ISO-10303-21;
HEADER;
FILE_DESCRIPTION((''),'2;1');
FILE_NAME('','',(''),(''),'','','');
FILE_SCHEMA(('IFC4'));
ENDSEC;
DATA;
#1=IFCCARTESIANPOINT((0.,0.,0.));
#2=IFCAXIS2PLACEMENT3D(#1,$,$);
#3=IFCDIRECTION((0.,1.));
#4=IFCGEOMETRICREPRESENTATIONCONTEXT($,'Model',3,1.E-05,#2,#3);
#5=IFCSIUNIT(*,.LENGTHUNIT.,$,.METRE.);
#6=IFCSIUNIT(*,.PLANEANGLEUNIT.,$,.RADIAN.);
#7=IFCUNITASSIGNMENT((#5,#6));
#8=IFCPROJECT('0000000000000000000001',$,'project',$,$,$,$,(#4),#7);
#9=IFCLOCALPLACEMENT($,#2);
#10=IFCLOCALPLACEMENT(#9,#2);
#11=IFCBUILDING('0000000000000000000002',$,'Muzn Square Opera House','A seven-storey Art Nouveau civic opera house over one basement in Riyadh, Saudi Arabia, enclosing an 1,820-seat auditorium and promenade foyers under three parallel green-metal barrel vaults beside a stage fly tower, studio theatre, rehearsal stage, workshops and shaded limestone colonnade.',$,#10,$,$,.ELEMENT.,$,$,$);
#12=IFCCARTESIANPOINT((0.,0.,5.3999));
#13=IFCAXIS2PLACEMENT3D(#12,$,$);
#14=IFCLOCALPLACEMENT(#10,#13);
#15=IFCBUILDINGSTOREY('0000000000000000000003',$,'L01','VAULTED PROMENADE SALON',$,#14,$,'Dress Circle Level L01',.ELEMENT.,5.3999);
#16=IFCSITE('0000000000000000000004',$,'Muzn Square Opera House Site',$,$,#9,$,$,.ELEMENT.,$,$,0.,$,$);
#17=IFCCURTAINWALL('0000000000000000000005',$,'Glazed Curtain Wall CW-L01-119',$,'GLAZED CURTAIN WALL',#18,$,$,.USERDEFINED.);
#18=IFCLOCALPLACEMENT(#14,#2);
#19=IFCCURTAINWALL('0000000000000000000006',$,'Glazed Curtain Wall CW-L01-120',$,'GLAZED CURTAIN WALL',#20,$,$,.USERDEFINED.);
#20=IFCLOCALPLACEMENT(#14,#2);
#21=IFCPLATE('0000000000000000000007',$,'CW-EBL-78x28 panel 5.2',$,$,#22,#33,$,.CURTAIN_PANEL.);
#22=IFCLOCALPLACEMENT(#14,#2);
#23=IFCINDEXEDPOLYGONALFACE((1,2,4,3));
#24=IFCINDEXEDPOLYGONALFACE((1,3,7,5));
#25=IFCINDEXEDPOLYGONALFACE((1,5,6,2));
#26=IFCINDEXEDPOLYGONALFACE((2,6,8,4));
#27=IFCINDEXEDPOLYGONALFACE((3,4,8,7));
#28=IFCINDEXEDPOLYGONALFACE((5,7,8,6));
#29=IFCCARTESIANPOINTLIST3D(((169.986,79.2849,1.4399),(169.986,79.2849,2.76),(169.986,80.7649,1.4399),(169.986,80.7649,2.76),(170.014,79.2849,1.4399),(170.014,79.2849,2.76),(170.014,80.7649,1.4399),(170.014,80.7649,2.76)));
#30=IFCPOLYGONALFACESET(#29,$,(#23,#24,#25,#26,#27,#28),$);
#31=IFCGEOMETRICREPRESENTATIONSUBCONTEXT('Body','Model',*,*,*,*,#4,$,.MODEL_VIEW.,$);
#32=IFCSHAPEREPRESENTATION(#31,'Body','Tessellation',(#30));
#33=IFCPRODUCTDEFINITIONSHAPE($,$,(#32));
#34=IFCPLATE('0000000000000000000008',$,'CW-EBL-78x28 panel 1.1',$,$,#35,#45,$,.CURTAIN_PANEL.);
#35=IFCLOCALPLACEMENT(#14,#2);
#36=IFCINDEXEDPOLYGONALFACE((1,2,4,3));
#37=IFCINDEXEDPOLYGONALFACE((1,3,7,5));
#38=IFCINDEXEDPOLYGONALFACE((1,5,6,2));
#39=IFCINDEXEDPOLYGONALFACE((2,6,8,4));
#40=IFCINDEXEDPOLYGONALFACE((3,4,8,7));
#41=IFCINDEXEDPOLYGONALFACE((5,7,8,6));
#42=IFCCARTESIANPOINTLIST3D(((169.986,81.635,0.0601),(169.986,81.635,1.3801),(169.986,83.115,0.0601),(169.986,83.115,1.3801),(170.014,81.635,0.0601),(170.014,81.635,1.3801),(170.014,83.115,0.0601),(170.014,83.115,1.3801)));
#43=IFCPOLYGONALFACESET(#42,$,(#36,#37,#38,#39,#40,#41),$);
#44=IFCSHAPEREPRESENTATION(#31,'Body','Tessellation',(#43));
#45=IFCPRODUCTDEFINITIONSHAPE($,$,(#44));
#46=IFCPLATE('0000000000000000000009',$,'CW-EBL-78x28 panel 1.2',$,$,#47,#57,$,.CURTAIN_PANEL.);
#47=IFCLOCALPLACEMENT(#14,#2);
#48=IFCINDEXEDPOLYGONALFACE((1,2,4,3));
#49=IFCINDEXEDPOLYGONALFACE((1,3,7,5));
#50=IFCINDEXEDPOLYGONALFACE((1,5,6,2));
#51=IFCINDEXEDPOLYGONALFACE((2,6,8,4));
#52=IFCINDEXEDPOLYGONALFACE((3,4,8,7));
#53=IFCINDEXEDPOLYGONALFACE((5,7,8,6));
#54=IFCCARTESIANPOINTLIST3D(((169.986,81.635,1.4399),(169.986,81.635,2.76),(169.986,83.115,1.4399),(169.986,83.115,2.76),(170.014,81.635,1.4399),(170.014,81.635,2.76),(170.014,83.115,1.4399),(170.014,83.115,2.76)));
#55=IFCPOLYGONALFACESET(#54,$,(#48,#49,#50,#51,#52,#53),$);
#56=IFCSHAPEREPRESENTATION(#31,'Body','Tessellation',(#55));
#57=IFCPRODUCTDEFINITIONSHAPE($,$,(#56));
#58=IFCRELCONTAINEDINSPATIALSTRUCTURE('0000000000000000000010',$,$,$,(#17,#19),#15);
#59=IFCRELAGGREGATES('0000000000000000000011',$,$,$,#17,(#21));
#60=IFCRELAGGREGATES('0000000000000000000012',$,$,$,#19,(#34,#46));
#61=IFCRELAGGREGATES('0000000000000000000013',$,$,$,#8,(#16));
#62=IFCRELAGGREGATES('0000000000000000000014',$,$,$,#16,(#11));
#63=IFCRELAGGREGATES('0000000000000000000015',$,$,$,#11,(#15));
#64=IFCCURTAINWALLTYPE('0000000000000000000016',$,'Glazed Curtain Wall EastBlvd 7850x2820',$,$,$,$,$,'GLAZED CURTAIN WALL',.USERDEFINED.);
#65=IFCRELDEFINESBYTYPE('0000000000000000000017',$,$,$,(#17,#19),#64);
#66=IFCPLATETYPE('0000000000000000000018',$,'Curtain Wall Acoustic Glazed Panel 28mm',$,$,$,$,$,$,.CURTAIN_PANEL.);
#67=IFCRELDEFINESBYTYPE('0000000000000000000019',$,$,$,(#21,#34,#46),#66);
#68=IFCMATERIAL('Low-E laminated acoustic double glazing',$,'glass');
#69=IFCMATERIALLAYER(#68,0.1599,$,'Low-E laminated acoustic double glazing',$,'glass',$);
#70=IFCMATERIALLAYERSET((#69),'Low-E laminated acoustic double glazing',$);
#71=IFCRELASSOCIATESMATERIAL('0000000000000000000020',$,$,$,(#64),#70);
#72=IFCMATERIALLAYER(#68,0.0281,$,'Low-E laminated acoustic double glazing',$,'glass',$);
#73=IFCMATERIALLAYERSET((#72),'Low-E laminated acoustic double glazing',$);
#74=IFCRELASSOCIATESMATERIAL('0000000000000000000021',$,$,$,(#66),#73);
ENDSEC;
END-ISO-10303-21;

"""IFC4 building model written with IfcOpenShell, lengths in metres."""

from ifc_helpers import new_model, si_unit, direction, frame, origin, origin_2d, place, context, subcontext, project, spatial, rectangle, extrude, material, layer, layer_set, type_object, element, aggregate, save


model = new_model("IFC4")

# Units and contexts
model_context = context("Model", 3, precision=1e-05, world=origin(), true_north=direction((0.0, 1.0)))
body_context = subcontext(model_context, "Body", "Model", "MODEL_VIEW")
ifc_project = project(units=[si_unit("LENGTHUNIT", "METRE"), si_unit("PLANEANGLEUNIT", "RADIAN")], contexts=[model_context])

# Site, building, storey
site_placement = place(None, origin())
site = spatial("IfcSite", under=ifc_project, at=site_placement, Name="Muzn Square Opera House Site", CompositionType="ELEMENT", RefElevation=0.0)
building_placement = place(site_placement, origin())
building = spatial("IfcBuilding", under=site, at=building_placement, Name="Muzn Square Opera House", Description="A seven-storey Art Nouveau civic opera house over one basement in Riyadh, Saudi Arabia, enclosing an 1,820-seat auditorium and promenade foyers under three parallel green-metal barrel vaults beside a stage fly tower, studio theatre, rehearsal stage, workshops and shaded limestone colonnade.", CompositionType="ELEMENT")
storey_placement = place(building_placement, frame((0.0, 0.0, 5.3999)))
storey = spatial("IfcBuildingStorey", under=building, at=storey_placement, Name="L01", Description="VAULTED PROMENADE SALON", LongName="Dress Circle Level L01", CompositionType="ELEMENT", Elevation=5.3999)

# Curtain wall
ifc_material_1 = material(Name="Low-E laminated acoustic double glazing", Category="glass")
ifc_layer_1 = layer(ifc_material_1, 0.1599, Name="Low-E laminated acoustic double glazing", Category="glass")
ifc_layer_set_1 = layer_set([ifc_layer_1], Name="Low-E laminated acoustic double glazing")
curtain_wall_type = type_object("IfcCurtainWallType", Name="Glazed Curtain Wall EastBlvd 7850x2820", ElementType="GLAZED CURTAIN WALL", PredefinedType="USERDEFINED", material=ifc_layer_set_1)
curtain_wall_1_placement = place(storey_placement, origin())
curtain_wall_1 = element("IfcCurtainWall", 1, at=curtain_wall_1_placement, inside=storey, type_object=curtain_wall_type, Name="Glazed Curtain Wall CW-L01-119", ObjectType="GLAZED CURTAIN WALL", PredefinedType="USERDEFINED")

# Curtain wall
curtain_wall_2_placement = place(storey_placement, origin())
curtain_wall_2 = element("IfcCurtainWall", 2, at=curtain_wall_2_placement, inside=storey, type_object=curtain_wall_type, Name="Glazed Curtain Wall CW-L01-120", ObjectType="GLAZED CURTAIN WALL", PredefinedType="USERDEFINED")

# Plates
ifc_layer_2 = layer(ifc_material_1, 0.0281, Name="Low-E laminated acoustic double glazing", Category="glass")
ifc_layer_set_2 = layer_set([ifc_layer_2], Name="Low-E laminated acoustic double glazing")
plate_type = type_object("IfcPlateType", Name="Curtain Wall Acoustic Glazed Panel 28mm", PredefinedType="CURTAIN_PANEL", material=ifc_layer_set_2)
plate_1_placement = place(storey_placement, frame((170.0, 80.0249, 1.4399), z_axis=(0.0, 0.0, 1.0), x_axis=(0.0, 1.0, 0.0)))
plate_1 = element("IfcPlate", 3, at=plate_1_placement, type_object=plate_type, Name="CW-EBL-78x28 panel 5.2", PredefinedType="CURTAIN_PANEL", context=body_context, shape_type="SweptSolid", body=[
    extrude(rectangle(XDim=1.48, YDim=0.0281, at=origin_2d()), origin(), (0.0, 0.0, 1.0), 1.3201),
])
aggregate(curtain_wall_1, [plate_1])
plate_2_placement = place(storey_placement, frame((170.0, 82.375, 0.0601), z_axis=(0.0, 0.0, 1.0), x_axis=(0.0, 1.0, 0.0)))
plate_2 = element("IfcPlate", 4, at=plate_2_placement, type_object=plate_type, Name="CW-EBL-78x28 panel 1.1", PredefinedType="CURTAIN_PANEL", context=body_context, shape_type="SweptSolid", body=[
    extrude(rectangle(XDim=1.48, YDim=0.0281, at=origin_2d()), origin(), (0.0, 0.0, 1.0), 1.3201),
])
plate_3_placement = place(storey_placement, frame((170.0, 82.375, 1.4399), z_axis=(0.0, 0.0, 1.0), x_axis=(0.0, 1.0, 0.0)))
plate_3 = element("IfcPlate", 5, at=plate_3_placement, type_object=plate_type, Name="CW-EBL-78x28 panel 1.2", PredefinedType="CURTAIN_PANEL", context=body_context, shape_type="SweptSolid", body=[
    extrude(rectangle(XDim=1.48, YDim=0.0281, at=origin_2d()), origin(), (0.0, 0.0, 1.0), 1.3201),
])
aggregate(curtain_wall_2, [plate_2, plate_3])

save(model, "model.ifc")
